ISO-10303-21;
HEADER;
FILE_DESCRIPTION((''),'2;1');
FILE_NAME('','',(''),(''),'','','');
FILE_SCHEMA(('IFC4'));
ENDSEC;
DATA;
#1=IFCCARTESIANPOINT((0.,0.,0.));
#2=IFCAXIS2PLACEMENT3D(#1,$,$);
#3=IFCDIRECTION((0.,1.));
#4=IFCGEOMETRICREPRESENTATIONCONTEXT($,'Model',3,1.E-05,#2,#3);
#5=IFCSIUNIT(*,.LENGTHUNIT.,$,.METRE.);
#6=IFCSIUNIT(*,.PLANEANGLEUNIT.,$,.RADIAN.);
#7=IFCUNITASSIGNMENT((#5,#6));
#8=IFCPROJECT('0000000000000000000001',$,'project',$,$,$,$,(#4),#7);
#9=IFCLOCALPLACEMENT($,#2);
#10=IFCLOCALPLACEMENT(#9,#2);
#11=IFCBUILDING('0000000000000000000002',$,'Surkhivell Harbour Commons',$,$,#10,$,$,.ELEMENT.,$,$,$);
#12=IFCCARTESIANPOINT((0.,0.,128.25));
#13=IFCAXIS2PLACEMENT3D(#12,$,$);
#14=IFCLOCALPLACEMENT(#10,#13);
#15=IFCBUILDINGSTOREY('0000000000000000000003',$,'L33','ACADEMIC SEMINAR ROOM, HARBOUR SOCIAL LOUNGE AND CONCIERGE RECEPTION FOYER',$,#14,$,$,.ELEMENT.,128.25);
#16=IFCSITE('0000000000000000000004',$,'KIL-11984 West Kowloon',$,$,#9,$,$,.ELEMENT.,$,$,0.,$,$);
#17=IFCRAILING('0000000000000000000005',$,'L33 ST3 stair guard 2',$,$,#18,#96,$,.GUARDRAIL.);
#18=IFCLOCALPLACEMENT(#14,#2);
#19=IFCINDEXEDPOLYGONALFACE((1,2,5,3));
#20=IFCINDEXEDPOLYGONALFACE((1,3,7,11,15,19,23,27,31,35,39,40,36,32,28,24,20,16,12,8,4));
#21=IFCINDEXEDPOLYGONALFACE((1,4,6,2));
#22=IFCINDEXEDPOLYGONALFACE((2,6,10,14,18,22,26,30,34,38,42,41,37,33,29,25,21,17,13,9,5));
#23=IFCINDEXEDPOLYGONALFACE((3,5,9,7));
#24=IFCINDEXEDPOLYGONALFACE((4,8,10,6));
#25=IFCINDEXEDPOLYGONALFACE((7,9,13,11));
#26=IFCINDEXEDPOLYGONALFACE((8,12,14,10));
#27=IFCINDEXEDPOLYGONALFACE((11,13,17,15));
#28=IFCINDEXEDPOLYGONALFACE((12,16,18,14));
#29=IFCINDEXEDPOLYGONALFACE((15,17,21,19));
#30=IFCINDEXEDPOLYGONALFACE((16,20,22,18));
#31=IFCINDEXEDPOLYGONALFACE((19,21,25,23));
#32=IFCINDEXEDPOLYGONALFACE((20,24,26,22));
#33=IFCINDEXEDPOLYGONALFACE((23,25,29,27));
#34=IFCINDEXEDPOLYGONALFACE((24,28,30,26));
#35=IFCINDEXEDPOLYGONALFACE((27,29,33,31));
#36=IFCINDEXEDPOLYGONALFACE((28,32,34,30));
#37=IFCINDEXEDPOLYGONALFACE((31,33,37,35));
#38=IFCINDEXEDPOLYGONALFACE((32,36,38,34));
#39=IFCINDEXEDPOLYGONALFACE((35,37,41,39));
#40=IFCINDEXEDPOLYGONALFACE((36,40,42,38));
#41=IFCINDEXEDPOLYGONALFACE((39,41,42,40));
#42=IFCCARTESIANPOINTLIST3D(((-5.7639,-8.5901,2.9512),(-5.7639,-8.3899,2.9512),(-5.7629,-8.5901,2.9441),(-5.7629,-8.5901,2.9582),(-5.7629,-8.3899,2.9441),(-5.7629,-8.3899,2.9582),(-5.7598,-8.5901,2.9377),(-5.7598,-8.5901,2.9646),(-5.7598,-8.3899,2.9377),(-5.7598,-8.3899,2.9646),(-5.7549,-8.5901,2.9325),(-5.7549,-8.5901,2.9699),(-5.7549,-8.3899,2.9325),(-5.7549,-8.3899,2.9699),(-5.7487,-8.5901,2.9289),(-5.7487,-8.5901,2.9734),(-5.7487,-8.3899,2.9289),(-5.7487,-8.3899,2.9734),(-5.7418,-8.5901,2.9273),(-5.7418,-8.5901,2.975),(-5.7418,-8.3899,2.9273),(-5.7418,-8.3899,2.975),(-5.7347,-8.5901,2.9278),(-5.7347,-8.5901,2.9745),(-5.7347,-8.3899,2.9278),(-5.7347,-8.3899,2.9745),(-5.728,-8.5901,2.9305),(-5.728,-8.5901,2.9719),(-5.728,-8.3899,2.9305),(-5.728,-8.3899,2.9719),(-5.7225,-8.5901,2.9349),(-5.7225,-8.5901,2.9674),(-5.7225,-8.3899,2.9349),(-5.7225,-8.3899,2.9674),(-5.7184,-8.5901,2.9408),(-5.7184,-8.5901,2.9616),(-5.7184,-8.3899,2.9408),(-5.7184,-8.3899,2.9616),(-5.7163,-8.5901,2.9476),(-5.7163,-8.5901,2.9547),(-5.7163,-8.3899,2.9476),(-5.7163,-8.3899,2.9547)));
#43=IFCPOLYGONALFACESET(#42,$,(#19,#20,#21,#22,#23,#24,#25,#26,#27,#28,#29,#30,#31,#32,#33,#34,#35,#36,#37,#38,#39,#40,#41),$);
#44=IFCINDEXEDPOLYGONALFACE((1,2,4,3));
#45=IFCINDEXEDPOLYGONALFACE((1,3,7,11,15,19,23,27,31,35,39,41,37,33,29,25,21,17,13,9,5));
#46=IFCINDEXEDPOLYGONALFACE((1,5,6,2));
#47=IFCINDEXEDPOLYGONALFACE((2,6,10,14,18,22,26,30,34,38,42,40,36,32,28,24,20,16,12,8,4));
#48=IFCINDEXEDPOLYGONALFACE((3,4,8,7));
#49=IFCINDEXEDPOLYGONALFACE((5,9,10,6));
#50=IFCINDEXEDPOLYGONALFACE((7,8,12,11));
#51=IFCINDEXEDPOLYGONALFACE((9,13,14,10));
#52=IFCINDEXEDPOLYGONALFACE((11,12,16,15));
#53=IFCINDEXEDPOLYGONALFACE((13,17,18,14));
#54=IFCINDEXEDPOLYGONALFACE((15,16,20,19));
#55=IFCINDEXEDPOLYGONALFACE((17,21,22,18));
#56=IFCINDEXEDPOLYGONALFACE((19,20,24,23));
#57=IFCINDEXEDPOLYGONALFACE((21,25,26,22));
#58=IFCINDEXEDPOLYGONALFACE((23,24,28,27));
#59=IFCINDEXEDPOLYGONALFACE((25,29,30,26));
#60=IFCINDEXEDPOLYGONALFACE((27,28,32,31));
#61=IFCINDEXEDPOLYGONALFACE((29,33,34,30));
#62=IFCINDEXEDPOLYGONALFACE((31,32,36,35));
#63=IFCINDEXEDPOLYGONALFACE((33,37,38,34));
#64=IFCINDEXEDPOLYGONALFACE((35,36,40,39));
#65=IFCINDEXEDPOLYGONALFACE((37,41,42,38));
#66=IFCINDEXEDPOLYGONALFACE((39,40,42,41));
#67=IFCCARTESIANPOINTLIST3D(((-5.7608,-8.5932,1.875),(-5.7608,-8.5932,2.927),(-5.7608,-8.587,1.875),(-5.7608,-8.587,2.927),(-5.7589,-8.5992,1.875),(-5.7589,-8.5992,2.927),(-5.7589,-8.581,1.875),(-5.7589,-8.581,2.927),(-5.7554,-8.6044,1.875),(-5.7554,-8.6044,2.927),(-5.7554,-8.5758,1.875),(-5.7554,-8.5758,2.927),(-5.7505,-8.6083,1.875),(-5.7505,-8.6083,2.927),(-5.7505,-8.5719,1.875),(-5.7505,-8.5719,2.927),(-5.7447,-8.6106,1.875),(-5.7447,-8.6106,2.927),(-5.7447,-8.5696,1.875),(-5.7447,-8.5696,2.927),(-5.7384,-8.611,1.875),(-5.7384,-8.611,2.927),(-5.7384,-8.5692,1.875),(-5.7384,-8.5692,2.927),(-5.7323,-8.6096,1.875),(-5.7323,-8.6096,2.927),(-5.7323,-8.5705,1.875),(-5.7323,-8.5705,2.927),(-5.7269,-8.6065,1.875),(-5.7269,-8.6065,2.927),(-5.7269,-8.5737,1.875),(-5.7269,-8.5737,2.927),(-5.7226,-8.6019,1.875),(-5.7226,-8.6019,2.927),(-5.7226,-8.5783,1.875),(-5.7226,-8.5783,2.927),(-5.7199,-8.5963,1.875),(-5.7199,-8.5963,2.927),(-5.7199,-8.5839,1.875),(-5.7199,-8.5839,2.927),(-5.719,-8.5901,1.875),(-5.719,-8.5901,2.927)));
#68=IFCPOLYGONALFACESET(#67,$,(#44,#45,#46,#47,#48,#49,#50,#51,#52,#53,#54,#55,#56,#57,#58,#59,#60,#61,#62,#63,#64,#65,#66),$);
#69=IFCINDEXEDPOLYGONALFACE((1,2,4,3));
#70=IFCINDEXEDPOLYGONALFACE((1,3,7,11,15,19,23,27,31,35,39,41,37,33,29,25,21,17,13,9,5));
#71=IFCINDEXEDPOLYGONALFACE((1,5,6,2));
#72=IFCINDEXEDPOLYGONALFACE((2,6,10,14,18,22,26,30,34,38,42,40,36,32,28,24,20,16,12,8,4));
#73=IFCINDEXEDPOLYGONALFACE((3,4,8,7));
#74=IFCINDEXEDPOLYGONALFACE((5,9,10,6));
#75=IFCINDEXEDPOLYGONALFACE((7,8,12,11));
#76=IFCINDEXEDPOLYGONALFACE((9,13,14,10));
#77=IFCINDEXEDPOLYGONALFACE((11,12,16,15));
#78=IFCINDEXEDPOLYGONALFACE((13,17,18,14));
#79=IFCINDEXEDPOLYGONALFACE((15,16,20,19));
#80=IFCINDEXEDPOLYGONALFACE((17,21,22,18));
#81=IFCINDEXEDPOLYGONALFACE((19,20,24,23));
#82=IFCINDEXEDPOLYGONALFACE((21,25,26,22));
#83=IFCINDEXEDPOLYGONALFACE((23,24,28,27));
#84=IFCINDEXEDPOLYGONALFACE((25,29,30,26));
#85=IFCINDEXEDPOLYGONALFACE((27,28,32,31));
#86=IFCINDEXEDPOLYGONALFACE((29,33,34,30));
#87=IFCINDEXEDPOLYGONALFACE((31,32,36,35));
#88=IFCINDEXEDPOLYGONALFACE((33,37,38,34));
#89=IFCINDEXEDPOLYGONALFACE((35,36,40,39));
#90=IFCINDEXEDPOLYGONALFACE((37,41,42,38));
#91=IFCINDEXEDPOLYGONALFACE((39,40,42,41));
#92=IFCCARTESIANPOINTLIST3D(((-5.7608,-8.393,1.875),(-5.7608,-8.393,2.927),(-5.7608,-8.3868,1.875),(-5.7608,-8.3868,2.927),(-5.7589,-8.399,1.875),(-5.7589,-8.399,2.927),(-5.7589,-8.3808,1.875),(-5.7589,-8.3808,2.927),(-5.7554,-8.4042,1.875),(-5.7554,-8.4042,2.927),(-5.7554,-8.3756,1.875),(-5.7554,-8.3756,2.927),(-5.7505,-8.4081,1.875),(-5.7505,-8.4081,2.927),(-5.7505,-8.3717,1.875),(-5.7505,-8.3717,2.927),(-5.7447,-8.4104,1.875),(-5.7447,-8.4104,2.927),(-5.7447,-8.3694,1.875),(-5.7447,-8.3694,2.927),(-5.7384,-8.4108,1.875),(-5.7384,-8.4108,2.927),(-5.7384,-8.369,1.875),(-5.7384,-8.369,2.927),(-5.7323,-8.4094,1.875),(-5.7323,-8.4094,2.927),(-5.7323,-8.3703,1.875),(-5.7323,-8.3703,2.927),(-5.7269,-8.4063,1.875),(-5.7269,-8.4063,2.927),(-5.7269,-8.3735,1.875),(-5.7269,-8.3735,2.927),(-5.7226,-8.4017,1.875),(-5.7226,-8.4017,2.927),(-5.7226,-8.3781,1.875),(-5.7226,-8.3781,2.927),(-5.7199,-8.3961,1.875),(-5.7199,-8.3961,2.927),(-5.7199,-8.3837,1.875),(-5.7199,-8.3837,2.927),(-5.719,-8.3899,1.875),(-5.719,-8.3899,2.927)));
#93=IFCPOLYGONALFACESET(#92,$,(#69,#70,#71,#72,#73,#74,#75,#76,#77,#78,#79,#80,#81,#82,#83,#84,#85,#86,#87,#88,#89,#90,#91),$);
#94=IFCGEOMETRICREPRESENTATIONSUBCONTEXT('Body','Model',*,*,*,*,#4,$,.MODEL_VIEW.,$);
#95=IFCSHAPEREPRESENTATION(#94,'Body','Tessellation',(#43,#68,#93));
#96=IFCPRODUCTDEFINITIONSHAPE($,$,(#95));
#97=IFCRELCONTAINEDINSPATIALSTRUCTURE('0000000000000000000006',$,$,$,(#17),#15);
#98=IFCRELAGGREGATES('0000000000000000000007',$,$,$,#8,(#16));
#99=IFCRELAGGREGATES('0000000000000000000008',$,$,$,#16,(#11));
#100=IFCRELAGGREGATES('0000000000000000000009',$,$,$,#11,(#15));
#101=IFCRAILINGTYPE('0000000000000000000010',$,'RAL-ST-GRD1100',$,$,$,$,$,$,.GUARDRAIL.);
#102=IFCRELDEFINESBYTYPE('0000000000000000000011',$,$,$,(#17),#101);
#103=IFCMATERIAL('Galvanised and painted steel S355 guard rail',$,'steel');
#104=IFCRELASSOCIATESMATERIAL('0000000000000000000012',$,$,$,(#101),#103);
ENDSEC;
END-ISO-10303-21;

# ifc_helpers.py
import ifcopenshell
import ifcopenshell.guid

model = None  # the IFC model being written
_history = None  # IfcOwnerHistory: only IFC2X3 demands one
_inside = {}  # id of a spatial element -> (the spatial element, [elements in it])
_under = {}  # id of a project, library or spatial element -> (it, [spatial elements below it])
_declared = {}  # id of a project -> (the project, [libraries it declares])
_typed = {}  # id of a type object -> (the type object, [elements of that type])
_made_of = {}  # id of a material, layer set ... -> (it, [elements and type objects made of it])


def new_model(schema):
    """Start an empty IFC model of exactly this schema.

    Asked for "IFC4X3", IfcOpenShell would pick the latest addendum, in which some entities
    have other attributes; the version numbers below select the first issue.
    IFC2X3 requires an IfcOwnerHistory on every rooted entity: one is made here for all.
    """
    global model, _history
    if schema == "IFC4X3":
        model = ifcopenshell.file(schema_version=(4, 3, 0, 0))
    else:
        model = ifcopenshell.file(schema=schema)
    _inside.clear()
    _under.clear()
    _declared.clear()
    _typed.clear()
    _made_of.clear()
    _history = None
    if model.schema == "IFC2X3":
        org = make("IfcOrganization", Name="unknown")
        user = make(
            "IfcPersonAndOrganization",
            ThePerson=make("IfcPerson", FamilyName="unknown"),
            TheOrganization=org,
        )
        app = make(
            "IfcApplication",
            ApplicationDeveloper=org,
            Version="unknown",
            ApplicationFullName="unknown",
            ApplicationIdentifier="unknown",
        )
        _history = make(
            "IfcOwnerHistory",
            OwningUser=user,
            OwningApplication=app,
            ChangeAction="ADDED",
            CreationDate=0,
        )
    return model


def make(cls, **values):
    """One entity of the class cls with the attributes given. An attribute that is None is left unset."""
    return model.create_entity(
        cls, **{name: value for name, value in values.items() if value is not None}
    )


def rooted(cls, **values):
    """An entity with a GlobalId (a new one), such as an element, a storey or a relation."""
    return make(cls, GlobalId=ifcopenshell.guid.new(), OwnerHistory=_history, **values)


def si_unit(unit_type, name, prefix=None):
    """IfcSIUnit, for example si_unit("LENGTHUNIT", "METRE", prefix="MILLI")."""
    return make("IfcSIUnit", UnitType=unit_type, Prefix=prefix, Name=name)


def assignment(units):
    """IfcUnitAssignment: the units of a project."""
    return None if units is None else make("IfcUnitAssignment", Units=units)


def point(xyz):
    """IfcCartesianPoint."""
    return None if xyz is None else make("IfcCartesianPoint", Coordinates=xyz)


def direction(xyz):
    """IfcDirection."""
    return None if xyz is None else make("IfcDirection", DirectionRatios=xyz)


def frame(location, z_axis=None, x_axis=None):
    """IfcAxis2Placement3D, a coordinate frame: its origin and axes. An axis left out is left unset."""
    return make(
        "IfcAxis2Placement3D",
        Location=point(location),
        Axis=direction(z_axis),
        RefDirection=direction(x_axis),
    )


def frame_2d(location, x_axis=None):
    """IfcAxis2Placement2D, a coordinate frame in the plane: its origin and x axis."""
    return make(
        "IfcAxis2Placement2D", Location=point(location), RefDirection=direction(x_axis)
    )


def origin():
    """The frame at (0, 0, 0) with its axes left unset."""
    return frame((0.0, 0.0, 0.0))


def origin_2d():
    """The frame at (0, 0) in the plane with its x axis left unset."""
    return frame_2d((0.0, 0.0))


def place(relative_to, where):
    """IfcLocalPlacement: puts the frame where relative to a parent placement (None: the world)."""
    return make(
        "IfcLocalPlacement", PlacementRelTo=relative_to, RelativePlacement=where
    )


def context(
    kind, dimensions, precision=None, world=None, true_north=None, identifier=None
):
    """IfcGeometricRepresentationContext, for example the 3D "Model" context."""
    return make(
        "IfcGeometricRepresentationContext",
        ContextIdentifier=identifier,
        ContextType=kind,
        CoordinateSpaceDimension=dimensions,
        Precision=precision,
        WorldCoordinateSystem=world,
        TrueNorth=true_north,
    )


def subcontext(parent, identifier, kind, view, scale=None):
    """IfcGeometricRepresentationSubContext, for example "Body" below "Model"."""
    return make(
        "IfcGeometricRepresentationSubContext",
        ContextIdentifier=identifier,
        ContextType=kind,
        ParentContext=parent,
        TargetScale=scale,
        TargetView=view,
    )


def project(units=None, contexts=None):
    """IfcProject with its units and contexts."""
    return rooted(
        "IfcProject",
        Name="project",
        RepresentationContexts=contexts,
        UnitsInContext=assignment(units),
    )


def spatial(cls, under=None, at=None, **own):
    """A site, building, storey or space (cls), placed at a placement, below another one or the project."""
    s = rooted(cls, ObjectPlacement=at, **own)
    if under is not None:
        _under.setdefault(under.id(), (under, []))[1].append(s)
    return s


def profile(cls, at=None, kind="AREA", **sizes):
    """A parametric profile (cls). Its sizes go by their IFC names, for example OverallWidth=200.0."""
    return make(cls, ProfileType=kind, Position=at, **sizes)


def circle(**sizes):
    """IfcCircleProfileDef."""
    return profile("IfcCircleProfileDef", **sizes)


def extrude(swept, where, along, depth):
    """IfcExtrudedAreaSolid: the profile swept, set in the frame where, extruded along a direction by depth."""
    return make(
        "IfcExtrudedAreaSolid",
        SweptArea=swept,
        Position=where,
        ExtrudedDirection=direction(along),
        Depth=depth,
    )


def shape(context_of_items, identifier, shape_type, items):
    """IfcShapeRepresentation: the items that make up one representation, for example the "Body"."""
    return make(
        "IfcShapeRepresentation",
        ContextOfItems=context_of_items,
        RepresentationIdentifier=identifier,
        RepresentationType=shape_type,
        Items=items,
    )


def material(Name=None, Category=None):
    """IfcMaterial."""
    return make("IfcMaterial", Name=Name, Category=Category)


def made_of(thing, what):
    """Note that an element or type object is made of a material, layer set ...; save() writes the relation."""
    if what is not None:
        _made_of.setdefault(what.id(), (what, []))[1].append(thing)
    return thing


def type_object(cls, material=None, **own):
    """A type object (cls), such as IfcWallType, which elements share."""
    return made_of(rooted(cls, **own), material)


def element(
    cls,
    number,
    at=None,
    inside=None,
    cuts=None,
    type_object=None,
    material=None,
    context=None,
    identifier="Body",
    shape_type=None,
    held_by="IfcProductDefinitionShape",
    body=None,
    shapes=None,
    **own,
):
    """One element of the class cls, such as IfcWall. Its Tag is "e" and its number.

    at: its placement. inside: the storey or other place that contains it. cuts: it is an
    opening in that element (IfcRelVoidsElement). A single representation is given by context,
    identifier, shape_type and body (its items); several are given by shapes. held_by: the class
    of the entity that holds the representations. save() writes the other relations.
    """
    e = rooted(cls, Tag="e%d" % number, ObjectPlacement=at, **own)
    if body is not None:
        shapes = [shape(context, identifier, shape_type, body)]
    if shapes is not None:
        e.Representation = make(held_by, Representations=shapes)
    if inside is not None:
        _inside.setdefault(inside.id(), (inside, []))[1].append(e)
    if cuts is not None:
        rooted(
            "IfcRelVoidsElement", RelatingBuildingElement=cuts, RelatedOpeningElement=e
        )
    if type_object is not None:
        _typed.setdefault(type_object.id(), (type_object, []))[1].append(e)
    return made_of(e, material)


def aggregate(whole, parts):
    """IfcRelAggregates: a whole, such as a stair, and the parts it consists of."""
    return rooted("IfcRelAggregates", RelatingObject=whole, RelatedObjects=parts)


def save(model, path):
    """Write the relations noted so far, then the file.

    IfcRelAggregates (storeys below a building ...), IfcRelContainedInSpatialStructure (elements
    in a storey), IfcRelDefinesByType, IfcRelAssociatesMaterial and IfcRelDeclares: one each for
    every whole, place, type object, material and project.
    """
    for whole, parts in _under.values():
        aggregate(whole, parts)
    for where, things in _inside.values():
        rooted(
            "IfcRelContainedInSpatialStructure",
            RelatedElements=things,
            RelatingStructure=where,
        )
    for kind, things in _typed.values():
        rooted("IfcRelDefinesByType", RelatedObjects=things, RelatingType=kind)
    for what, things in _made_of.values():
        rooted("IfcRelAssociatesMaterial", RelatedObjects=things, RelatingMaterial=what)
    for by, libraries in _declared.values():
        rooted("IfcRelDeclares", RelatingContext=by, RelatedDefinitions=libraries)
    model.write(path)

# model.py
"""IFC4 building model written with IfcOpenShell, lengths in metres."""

from ifc_helpers import new_model, si_unit, direction, frame, origin, origin_2d, place, context, subcontext, project, spatial, circle, extrude, material, type_object, element, save


model = new_model("IFC4")

# Units and contexts
model_context = context("Model", 3, precision=1e-05, world=origin(), true_north=direction((0.0, 1.0)))
body_context = subcontext(model_context, "Body", "Model", "MODEL_VIEW")
ifc_project = project(units=[si_unit("LENGTHUNIT", "METRE"), si_unit("PLANEANGLEUNIT", "RADIAN")], contexts=[model_context])

# Site, building, storey
site_placement = place(None, origin())
site = spatial("IfcSite", under=ifc_project, at=site_placement, Name="KIL-11984 West Kowloon", CompositionType="ELEMENT", RefElevation=0.0)
building_placement = place(site_placement, origin())
building = spatial("IfcBuilding", under=site, at=building_placement, Name="Surkhivell Harbour Commons", CompositionType="ELEMENT")
storey_placement = place(building_placement, frame((0.0, 0.0, 128.25)))
storey = spatial("IfcBuildingStorey", under=building, at=storey_placement, Name="L33", Description="ACADEMIC SEMINAR ROOM, HARBOUR SOCIAL LOUNGE AND CONCIERGE RECEPTION FOYER", CompositionType="ELEMENT", Elevation=128.25)

# Railing
ifc_material_1 = material(Name="Galvanised and painted steel S355 guard rail", Category="steel")
railing_type_1 = type_object("IfcRailingType", Name="RAL-ST-GRD1100", PredefinedType="GUARDRAIL", material=ifc_material_1)
railing_1_placement = place(storey_placement, frame((-5.74, -8.5901, 1.875)))
element("IfcRailing", 1, at=railing_1_placement, inside=storey, type_object=railing_type_1, Name="L33 ST3 stair guard 2", PredefinedType="GUARDRAIL", context=body_context, shape_type="SweptSolid", body=[
    extrude(circle(Radius=0.0239, at=origin_2d()), frame((0.0, 0.0, 1.0762), z_axis=(0.0, 1.0, 0.0), x_axis=(-1.0, 0.0, 0.0)), (0.0, 0.0, 1.0), 0.2002),
    extrude(circle(Radius=0.021, at=origin_2d()), origin(), (0.0, 0.0, 1.0), 1.052),
    extrude(circle(Radius=0.021, at=origin_2d()), frame((0.0, 0.2002, 0.0)), (0.0, 0.0, 1.0), 1.052),
])

save(model, "model.ifc")
